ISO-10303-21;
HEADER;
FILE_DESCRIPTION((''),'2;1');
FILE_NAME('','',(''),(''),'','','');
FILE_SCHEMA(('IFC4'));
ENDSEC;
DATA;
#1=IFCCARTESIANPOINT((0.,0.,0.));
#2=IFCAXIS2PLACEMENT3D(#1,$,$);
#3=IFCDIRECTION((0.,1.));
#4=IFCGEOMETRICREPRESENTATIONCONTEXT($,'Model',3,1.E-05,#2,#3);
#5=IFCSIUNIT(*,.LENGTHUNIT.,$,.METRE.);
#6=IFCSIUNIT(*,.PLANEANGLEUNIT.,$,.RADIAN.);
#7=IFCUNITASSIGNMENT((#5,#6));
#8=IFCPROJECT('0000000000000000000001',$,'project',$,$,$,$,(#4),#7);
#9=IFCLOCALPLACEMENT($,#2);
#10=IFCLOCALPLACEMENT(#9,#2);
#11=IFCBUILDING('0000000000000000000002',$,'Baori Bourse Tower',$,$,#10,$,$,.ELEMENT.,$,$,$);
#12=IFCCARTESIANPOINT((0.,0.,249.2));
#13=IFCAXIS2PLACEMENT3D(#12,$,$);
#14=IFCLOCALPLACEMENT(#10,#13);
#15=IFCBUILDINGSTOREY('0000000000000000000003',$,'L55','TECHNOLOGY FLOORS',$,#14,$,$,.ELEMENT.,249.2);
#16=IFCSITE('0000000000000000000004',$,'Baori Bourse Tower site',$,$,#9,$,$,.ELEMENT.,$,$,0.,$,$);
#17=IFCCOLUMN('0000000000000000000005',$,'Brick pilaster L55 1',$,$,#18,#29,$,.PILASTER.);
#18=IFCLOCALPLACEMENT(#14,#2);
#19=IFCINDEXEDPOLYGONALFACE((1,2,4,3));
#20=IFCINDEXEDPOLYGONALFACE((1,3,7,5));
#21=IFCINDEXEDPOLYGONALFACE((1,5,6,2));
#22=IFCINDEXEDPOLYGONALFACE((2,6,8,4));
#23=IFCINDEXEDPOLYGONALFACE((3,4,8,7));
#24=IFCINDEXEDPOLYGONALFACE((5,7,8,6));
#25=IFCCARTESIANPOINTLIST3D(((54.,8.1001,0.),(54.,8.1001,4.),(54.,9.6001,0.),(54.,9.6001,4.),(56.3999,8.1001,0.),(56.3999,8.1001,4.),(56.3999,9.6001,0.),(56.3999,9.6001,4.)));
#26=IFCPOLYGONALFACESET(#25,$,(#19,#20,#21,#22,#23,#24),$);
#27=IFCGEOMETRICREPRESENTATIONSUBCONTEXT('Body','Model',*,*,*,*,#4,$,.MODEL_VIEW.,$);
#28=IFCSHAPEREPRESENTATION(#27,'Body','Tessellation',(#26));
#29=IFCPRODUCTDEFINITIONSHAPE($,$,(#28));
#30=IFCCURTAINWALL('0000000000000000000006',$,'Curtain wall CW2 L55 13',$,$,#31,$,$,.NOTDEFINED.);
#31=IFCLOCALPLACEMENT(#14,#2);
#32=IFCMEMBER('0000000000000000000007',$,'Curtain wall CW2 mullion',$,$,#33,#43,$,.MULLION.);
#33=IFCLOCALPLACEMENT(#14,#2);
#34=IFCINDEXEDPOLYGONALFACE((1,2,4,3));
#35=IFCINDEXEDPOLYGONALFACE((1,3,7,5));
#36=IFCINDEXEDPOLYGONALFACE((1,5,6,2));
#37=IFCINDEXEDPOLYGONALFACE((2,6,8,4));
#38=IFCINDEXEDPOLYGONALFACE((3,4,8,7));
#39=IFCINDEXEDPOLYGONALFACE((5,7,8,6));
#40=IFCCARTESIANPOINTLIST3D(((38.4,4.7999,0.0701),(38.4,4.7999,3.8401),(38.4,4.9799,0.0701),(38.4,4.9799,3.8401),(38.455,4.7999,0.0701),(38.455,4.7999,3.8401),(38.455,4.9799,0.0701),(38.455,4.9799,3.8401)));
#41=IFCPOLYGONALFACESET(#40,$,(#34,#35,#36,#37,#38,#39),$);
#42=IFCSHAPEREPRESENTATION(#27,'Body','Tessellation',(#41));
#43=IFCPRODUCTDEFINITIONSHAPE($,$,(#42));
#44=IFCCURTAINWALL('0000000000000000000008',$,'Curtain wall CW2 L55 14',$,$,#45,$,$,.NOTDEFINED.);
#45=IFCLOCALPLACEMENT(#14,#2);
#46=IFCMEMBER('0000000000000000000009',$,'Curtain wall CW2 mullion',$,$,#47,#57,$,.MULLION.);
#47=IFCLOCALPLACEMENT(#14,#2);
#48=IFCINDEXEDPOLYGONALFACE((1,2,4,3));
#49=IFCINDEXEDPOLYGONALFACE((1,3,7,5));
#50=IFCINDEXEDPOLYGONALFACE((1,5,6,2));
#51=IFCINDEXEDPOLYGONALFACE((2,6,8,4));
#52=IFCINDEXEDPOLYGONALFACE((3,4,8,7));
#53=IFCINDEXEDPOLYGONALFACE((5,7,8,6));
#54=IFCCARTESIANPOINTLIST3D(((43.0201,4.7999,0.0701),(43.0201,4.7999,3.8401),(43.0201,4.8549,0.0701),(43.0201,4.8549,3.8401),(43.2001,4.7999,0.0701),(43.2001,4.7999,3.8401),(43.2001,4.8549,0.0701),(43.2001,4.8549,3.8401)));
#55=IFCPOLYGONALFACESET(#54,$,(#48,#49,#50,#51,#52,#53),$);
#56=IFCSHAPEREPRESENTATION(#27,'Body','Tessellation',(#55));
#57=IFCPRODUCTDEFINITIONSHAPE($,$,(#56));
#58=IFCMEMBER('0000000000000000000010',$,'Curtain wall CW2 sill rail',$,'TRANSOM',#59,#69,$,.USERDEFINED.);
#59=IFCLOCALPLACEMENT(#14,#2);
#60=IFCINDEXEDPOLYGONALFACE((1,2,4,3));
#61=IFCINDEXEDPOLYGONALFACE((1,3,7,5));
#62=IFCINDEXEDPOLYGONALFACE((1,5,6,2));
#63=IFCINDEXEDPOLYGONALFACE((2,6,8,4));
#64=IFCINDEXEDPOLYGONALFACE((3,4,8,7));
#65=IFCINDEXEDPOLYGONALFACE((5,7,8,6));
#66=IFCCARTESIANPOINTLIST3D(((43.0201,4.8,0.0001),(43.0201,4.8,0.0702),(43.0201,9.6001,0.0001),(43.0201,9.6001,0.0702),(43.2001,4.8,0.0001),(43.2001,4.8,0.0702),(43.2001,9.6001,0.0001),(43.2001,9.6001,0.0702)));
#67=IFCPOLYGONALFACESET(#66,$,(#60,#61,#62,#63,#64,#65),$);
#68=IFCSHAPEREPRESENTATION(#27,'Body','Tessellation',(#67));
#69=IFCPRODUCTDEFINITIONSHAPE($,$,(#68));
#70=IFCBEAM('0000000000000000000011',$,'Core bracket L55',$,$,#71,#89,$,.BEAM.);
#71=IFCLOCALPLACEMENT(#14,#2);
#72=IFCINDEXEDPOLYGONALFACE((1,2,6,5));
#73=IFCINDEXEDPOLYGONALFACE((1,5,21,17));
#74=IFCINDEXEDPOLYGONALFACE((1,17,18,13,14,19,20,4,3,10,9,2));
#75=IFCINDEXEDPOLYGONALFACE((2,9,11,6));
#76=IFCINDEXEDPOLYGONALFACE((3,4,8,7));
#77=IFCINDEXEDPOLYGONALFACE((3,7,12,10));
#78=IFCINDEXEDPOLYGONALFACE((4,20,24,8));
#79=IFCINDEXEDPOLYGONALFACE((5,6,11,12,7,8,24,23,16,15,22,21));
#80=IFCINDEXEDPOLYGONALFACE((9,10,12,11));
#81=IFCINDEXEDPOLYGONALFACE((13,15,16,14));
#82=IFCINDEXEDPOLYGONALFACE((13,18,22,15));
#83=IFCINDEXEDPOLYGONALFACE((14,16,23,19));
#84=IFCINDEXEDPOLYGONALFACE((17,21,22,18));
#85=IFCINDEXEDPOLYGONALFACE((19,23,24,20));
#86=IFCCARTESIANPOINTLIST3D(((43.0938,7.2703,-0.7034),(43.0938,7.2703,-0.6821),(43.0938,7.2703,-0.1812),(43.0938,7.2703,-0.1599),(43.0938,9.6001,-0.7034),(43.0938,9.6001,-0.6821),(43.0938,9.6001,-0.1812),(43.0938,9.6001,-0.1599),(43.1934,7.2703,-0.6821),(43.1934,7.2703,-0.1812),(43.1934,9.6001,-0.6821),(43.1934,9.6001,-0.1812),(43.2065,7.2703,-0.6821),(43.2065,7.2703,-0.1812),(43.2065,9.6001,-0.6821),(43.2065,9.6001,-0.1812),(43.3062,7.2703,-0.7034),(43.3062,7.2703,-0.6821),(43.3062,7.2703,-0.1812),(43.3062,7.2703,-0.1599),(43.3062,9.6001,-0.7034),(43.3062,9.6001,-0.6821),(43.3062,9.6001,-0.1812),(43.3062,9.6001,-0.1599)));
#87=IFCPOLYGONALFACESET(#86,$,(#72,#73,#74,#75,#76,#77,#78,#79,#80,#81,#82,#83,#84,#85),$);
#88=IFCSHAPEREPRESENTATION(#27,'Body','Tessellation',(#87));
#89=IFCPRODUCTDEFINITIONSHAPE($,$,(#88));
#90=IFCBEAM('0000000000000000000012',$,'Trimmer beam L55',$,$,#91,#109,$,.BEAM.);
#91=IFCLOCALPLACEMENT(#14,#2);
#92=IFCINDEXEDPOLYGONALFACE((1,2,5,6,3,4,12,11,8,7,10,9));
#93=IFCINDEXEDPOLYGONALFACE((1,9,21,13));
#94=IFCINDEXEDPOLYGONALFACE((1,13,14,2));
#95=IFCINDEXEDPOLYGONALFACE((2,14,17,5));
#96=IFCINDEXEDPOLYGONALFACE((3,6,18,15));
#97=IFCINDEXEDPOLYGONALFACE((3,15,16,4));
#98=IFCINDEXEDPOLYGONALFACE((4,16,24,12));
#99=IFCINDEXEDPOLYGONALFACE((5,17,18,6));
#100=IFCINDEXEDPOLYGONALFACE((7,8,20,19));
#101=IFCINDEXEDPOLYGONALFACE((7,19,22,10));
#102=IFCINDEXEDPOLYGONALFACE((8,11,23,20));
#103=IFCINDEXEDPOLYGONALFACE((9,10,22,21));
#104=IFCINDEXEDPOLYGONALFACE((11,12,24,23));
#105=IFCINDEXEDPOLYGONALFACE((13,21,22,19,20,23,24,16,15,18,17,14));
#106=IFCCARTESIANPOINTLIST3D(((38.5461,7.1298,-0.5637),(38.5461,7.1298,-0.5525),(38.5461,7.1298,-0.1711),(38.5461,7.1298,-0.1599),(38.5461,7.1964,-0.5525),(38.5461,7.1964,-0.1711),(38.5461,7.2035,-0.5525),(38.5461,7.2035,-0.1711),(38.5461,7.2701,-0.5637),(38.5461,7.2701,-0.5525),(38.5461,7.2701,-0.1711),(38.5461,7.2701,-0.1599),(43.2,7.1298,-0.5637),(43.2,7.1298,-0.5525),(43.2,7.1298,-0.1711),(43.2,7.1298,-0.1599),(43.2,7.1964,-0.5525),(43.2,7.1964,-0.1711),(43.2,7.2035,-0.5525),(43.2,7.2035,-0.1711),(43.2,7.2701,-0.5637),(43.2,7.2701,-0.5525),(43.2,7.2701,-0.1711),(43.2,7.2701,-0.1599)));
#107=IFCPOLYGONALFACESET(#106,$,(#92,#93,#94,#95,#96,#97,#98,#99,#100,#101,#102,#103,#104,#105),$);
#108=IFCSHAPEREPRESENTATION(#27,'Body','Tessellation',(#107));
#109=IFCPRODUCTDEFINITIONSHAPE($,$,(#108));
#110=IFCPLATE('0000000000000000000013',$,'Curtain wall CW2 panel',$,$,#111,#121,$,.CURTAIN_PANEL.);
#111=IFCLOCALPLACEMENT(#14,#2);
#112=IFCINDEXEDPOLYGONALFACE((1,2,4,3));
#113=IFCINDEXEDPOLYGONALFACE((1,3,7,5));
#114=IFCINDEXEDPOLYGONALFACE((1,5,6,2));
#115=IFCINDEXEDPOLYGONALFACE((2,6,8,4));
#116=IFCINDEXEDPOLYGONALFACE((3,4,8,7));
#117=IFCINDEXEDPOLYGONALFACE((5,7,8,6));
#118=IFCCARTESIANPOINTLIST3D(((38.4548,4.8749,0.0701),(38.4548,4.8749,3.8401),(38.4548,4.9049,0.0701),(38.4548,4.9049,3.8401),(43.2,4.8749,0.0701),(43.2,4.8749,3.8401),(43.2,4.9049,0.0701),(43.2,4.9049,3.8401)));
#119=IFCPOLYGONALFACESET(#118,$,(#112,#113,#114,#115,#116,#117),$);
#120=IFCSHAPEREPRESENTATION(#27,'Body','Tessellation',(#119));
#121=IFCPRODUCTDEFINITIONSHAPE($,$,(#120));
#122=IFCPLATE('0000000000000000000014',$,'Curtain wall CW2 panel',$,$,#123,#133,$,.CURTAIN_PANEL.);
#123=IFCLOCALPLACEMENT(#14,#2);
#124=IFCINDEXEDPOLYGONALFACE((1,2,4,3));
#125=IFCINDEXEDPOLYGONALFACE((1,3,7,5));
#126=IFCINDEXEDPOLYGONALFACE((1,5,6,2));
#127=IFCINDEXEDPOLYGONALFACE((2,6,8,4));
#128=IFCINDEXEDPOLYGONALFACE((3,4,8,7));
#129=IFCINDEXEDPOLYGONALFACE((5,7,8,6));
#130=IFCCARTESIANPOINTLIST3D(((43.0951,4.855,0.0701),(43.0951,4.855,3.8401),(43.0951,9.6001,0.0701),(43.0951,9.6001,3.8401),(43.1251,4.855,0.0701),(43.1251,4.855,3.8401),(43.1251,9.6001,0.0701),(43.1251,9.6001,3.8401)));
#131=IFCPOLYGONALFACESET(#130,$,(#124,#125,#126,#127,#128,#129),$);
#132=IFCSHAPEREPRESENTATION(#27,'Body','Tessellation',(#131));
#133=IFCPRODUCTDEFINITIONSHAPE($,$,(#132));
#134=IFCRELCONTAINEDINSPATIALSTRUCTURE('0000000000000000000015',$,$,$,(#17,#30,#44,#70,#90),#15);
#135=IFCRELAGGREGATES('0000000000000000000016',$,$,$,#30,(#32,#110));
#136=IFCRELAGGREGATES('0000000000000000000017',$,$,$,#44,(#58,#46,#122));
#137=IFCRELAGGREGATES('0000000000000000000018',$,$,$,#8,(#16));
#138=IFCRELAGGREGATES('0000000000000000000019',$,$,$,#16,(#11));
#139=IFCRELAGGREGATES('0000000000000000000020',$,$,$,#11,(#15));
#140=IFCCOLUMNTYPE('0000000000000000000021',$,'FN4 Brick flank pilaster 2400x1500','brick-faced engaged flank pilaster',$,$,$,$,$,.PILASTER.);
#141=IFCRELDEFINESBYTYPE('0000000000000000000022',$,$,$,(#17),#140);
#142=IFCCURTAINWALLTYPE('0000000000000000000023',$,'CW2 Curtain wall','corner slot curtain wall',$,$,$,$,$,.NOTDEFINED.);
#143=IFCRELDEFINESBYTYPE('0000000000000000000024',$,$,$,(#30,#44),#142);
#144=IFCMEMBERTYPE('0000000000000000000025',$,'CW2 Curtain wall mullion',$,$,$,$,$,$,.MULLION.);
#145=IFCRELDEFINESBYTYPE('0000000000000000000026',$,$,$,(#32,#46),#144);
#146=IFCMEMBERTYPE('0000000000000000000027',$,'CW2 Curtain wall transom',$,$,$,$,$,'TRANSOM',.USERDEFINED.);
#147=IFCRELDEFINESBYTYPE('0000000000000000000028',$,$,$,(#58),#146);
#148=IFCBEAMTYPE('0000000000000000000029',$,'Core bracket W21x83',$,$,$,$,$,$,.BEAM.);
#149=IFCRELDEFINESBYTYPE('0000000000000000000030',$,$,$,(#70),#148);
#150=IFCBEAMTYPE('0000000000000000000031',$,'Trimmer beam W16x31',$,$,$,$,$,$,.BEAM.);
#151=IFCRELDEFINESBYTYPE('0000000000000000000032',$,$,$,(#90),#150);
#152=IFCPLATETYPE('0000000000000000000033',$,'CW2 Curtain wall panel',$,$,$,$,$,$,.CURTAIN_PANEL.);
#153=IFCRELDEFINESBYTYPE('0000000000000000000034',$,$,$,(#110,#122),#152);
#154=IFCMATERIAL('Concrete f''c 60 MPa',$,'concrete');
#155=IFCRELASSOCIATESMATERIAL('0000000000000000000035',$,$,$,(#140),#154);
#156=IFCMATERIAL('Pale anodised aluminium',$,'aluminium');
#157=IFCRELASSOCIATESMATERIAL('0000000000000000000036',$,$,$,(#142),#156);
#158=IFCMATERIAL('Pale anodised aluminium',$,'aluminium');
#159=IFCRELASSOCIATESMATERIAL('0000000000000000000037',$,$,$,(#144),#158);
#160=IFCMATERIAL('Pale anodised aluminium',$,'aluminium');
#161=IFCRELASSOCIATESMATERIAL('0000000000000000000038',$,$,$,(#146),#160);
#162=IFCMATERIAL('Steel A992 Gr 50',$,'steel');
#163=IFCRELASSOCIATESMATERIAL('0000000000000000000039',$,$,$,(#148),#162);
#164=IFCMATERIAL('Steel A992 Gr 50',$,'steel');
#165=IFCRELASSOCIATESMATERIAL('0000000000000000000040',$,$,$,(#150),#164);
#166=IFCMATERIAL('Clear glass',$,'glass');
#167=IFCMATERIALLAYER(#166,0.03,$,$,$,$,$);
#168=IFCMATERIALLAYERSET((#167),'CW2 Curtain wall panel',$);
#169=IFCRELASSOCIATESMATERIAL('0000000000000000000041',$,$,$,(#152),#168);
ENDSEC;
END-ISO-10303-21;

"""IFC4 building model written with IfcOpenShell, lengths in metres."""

from ifc_helpers import new_model, si_unit, direction, frame, origin, origin_2d, place, context, subcontext, project, spatial, rectangle, i_section, extrude, material, layer, layer_set, material_profile, profile_set, type_object, element, aggregate, save


model = new_model("IFC4")

# Units and contexts
model_context = context("Model", 3, precision=1e-05, world=origin(), true_north=direction((0.0, 1.0)))
body_context = subcontext(model_context, "Body", "Model", "MODEL_VIEW")
ifc_project = project(units=[si_unit("LENGTHUNIT", "METRE"), si_unit("PLANEANGLEUNIT", "RADIAN")], contexts=[model_context])

# Site, building, storey
site_placement = place(None, origin())
site = spatial("IfcSite", under=ifc_project, at=site_placement, Name="Baori Bourse Tower site", CompositionType="ELEMENT", RefElevation=0.0)
building_placement = place(site_placement, origin())
building = spatial("IfcBuilding", under=site, at=building_placement, Name="Baori Bourse Tower", CompositionType="ELEMENT")
storey_placement = place(building_placement, frame((0.0, 0.0, 249.2)))
storey = spatial("IfcBuildingStorey", under=building, at=storey_placement, Name="L55", Description="TECHNOLOGY FLOORS", CompositionType="ELEMENT", Elevation=249.2)

# Column
ifc_material_1 = material(Name="Concrete f'c 60 MPa", Category="concrete")
ifc_material_profile_1 = material_profile(ifc_material_1, rectangle(XDim=2.3999, YDim=1.5, at=origin_2d()), Name="RC 2400x1500")
ifc_profile_set_1 = profile_set([ifc_material_profile_1], Name="Concrete f'c 60 MPa")
column_type = type_object("IfcColumnType", Name="FN4 Brick flank pilaster 2400x1500", Description="brick-faced engaged flank pilaster", PredefinedType="PILASTER", material=ifc_profile_set_1)
column_placement = place(storey_placement, frame((55.2, 8.8501, 0.0), z_axis=(0.0, 0.0, 1.0), x_axis=(1.0, 0.0, 0.0)))
element("IfcColumn", 1, at=column_placement, inside=storey, type_object=column_type, Name="Brick pilaster L55 1", PredefinedType="PILASTER", context=body_context, shape_type="SweptSolid", body=[
    extrude(rectangle(XDim=2.3999, YDim=1.5, at=origin_2d()), origin(), (0.0, 0.0, 1.0), 4.0),
])

# Curtain wall, member
ifc_material_2 = material(Name="Pale anodised aluminium", Category="aluminium")
curtain_wall_type = type_object("IfcCurtainWallType", Name="CW2 Curtain wall", Description="corner slot curtain wall", PredefinedType="NOTDEFINED", material=ifc_material_2)
curtain_wall_1_placement = place(storey_placement, origin())
curtain_wall_1 = element("IfcCurtainWall", 2, at=curtain_wall_1_placement, inside=storey, type_object=curtain_wall_type, Name="Curtain wall CW2 L55 13", PredefinedType="NOTDEFINED")
ifc_material_3 = material(Name="Pale anodised aluminium", Category="aluminium")
ifc_material_profile_2 = material_profile(ifc_material_3, rectangle(XDim=0.1799, YDim=0.0549, at=origin_2d()), Name="Mullion 55x180")
ifc_profile_set_2 = profile_set([ifc_material_profile_2], Name="Pale anodised aluminium")
member_type_1 = type_object("IfcMemberType", Name="CW2 Curtain wall mullion", PredefinedType="MULLION", material=ifc_profile_set_2)
member_1_placement = place(storey_placement, frame((38.4275, 4.8899, 0.0701), z_axis=(0.0, 0.0, 1.0), x_axis=(0.0, 1.0, 0.0)))
member_1 = element("IfcMember", 3, at=member_1_placement, type_object=member_type_1, Name="Curtain wall CW2 mullion", PredefinedType="MULLION", context=body_context, shape_type="SweptSolid", body=[
    extrude(rectangle(XDim=0.1799, YDim=0.0549, at=origin_2d()), origin(), (0.0, 0.0, 1.0), 3.77),
])

# Curtain wall, members
curtain_wall_2_placement = place(storey_placement, origin())
curtain_wall_2 = element("IfcCurtainWall", 4, at=curtain_wall_2_placement, inside=storey, type_object=curtain_wall_type, Name="Curtain wall CW2 L55 14", PredefinedType="NOTDEFINED")
member_2_placement = place(storey_placement, frame((43.1101, 4.8274, 0.0701), z_axis=(0.0, 0.0, 1.0), x_axis=(-1.0, 0.0, 0.0)))
member_2 = element("IfcMember", 5, at=member_2_placement, type_object=member_type_1, Name="Curtain wall CW2 mullion", PredefinedType="MULLION", context=body_context, shape_type="SweptSolid", body=[
    extrude(rectangle(XDim=0.1799, YDim=0.0549, at=origin_2d()), origin(), (0.0, 0.0, 1.0), 3.77),
])
ifc_material_4 = material(Name="Pale anodised aluminium", Category="aluminium")
ifc_material_profile_3 = material_profile(ifc_material_4, rectangle(XDim=0.1799, YDim=0.0701, at=origin_2d()), Name="Transom 70x180")
ifc_profile_set_3 = profile_set([ifc_material_profile_3], Name="Pale anodised aluminium")
member_type_2 = type_object("IfcMemberType", Name="CW2 Curtain wall transom", ElementType="TRANSOM", PredefinedType="USERDEFINED", material=ifc_profile_set_3)
member_3_placement = place(storey_placement, frame((43.1101, 4.8, 0.0352), z_axis=(0.0, 1.0, 0.0), x_axis=(-1.0, 0.0, 0.0)))
member_3 = element("IfcMember", 6, at=member_3_placement, type_object=member_type_2, Name="Curtain wall CW2 sill rail", ObjectType="TRANSOM", PredefinedType="USERDEFINED", context=body_context, shape_type="SweptSolid", body=[
    extrude(rectangle(XDim=0.1799, YDim=0.0701, at=origin_2d()), origin(), (0.0, 0.0, 1.0), 4.8),
])

# Beams
ifc_material_5 = material(Name="Steel A992 Gr 50", Category="steel")
ifc_material_profile_4 = material_profile(ifc_material_5, i_section(OverallWidth=0.2124, OverallDepth=0.5435, WebThickness=0.0132, FlangeThickness=0.0212, at=origin_2d()), Name="W21x83")
ifc_profile_set_4 = profile_set([ifc_material_profile_4], Name="Steel A992 Gr 50")
beam_type_1 = type_object("IfcBeamType", Name="Core bracket W21x83", PredefinedType="BEAM", material=ifc_profile_set_4)
beam_1_placement = place(storey_placement, frame((43.2, 7.2703, -0.4316), z_axis=(0.0, 1.0, 0.0), x_axis=(-1.0, 0.0, 0.0)))
element("IfcBeam", 7, at=beam_1_placement, inside=storey, type_object=beam_type_1, Name="Core bracket L55", PredefinedType="BEAM", context=body_context, shape_type="SweptSolid", body=[
    extrude(i_section(OverallWidth=0.2124, OverallDepth=0.5435, WebThickness=0.0132, FlangeThickness=0.0212, at=origin_2d()), origin(), (0.0, 0.0, 1.0), 2.3298),
])
ifc_material_6 = material(Name="Steel A992 Gr 50", Category="steel")
ifc_material_profile_5 = material_profile(ifc_material_6, i_section(OverallWidth=0.1404, OverallDepth=0.4038, WebThickness=0.0071, FlangeThickness=0.0112, at=origin_2d()), Name="W16x31")
ifc_profile_set_5 = profile_set([ifc_material_profile_5], Name="Steel A992 Gr 50")
beam_type_2 = type_object("IfcBeamType", Name="Trimmer beam W16x31", PredefinedType="BEAM", material=ifc_profile_set_5)
beam_2_placement = place(storey_placement, frame((38.5461, 7.2, -0.3618), z_axis=(1.0, 0.0, 0.0), x_axis=(0.0, 1.0, 0.0)))
element("IfcBeam", 8, at=beam_2_placement, inside=storey, type_object=beam_type_2, Name="Trimmer beam L55", PredefinedType="BEAM", context=body_context, shape_type="SweptSolid", body=[
    extrude(i_section(OverallWidth=0.1404, OverallDepth=0.4038, WebThickness=0.0071, FlangeThickness=0.0112, at=origin_2d()), origin(), (0.0, 0.0, 1.0), 4.6538),
])

# Plates
ifc_material_7 = material(Name="Clear glass", Category="glass")
ifc_layer_1 = layer(ifc_material_7, 0.03)
ifc_layer_set_1 = layer_set([ifc_layer_1], Name="CW2 Curtain wall panel")
plate_type = type_object("IfcPlateType", Name="CW2 Curtain wall panel", PredefinedType="CURTAIN_PANEL", material=ifc_layer_set_1)
plate_1_placement = place(storey_placement, frame((40.8274, 4.8899, 0.0701), z_axis=(0.0, 0.0, 1.0), x_axis=(1.0, 0.0, 0.0)))
plate_1 = element("IfcPlate", 9, at=plate_1_placement, type_object=plate_type, Name="Curtain wall CW2 panel", PredefinedType="CURTAIN_PANEL", context=body_context, shape_type="SweptSolid", body=[
    extrude(rectangle(XDim=4.7451, YDim=0.03, at=origin_2d()), origin(), (0.0, 0.0, 1.0), 3.77),
])
aggregate(curtain_wall_1, [member_1, plate_1])
plate_2_placement = place(storey_placement, frame((43.1101, 7.2275, 0.0701), z_axis=(0.0, 0.0, 1.0), x_axis=(0.0, 1.0, 0.0)))
plate_2 = element("IfcPlate", 10, at=plate_2_placement, type_object=plate_type, Name="Curtain wall CW2 panel", PredefinedType="CURTAIN_PANEL", context=body_context, shape_type="SweptSolid", body=[
    extrude(rectangle(XDim=4.7451, YDim=0.03, at=origin_2d()), origin(), (0.0, 0.0, 1.0), 3.77),
])
aggregate(curtain_wall_2, [member_3, member_2, plate_2])

save(model, "model.ifc")
